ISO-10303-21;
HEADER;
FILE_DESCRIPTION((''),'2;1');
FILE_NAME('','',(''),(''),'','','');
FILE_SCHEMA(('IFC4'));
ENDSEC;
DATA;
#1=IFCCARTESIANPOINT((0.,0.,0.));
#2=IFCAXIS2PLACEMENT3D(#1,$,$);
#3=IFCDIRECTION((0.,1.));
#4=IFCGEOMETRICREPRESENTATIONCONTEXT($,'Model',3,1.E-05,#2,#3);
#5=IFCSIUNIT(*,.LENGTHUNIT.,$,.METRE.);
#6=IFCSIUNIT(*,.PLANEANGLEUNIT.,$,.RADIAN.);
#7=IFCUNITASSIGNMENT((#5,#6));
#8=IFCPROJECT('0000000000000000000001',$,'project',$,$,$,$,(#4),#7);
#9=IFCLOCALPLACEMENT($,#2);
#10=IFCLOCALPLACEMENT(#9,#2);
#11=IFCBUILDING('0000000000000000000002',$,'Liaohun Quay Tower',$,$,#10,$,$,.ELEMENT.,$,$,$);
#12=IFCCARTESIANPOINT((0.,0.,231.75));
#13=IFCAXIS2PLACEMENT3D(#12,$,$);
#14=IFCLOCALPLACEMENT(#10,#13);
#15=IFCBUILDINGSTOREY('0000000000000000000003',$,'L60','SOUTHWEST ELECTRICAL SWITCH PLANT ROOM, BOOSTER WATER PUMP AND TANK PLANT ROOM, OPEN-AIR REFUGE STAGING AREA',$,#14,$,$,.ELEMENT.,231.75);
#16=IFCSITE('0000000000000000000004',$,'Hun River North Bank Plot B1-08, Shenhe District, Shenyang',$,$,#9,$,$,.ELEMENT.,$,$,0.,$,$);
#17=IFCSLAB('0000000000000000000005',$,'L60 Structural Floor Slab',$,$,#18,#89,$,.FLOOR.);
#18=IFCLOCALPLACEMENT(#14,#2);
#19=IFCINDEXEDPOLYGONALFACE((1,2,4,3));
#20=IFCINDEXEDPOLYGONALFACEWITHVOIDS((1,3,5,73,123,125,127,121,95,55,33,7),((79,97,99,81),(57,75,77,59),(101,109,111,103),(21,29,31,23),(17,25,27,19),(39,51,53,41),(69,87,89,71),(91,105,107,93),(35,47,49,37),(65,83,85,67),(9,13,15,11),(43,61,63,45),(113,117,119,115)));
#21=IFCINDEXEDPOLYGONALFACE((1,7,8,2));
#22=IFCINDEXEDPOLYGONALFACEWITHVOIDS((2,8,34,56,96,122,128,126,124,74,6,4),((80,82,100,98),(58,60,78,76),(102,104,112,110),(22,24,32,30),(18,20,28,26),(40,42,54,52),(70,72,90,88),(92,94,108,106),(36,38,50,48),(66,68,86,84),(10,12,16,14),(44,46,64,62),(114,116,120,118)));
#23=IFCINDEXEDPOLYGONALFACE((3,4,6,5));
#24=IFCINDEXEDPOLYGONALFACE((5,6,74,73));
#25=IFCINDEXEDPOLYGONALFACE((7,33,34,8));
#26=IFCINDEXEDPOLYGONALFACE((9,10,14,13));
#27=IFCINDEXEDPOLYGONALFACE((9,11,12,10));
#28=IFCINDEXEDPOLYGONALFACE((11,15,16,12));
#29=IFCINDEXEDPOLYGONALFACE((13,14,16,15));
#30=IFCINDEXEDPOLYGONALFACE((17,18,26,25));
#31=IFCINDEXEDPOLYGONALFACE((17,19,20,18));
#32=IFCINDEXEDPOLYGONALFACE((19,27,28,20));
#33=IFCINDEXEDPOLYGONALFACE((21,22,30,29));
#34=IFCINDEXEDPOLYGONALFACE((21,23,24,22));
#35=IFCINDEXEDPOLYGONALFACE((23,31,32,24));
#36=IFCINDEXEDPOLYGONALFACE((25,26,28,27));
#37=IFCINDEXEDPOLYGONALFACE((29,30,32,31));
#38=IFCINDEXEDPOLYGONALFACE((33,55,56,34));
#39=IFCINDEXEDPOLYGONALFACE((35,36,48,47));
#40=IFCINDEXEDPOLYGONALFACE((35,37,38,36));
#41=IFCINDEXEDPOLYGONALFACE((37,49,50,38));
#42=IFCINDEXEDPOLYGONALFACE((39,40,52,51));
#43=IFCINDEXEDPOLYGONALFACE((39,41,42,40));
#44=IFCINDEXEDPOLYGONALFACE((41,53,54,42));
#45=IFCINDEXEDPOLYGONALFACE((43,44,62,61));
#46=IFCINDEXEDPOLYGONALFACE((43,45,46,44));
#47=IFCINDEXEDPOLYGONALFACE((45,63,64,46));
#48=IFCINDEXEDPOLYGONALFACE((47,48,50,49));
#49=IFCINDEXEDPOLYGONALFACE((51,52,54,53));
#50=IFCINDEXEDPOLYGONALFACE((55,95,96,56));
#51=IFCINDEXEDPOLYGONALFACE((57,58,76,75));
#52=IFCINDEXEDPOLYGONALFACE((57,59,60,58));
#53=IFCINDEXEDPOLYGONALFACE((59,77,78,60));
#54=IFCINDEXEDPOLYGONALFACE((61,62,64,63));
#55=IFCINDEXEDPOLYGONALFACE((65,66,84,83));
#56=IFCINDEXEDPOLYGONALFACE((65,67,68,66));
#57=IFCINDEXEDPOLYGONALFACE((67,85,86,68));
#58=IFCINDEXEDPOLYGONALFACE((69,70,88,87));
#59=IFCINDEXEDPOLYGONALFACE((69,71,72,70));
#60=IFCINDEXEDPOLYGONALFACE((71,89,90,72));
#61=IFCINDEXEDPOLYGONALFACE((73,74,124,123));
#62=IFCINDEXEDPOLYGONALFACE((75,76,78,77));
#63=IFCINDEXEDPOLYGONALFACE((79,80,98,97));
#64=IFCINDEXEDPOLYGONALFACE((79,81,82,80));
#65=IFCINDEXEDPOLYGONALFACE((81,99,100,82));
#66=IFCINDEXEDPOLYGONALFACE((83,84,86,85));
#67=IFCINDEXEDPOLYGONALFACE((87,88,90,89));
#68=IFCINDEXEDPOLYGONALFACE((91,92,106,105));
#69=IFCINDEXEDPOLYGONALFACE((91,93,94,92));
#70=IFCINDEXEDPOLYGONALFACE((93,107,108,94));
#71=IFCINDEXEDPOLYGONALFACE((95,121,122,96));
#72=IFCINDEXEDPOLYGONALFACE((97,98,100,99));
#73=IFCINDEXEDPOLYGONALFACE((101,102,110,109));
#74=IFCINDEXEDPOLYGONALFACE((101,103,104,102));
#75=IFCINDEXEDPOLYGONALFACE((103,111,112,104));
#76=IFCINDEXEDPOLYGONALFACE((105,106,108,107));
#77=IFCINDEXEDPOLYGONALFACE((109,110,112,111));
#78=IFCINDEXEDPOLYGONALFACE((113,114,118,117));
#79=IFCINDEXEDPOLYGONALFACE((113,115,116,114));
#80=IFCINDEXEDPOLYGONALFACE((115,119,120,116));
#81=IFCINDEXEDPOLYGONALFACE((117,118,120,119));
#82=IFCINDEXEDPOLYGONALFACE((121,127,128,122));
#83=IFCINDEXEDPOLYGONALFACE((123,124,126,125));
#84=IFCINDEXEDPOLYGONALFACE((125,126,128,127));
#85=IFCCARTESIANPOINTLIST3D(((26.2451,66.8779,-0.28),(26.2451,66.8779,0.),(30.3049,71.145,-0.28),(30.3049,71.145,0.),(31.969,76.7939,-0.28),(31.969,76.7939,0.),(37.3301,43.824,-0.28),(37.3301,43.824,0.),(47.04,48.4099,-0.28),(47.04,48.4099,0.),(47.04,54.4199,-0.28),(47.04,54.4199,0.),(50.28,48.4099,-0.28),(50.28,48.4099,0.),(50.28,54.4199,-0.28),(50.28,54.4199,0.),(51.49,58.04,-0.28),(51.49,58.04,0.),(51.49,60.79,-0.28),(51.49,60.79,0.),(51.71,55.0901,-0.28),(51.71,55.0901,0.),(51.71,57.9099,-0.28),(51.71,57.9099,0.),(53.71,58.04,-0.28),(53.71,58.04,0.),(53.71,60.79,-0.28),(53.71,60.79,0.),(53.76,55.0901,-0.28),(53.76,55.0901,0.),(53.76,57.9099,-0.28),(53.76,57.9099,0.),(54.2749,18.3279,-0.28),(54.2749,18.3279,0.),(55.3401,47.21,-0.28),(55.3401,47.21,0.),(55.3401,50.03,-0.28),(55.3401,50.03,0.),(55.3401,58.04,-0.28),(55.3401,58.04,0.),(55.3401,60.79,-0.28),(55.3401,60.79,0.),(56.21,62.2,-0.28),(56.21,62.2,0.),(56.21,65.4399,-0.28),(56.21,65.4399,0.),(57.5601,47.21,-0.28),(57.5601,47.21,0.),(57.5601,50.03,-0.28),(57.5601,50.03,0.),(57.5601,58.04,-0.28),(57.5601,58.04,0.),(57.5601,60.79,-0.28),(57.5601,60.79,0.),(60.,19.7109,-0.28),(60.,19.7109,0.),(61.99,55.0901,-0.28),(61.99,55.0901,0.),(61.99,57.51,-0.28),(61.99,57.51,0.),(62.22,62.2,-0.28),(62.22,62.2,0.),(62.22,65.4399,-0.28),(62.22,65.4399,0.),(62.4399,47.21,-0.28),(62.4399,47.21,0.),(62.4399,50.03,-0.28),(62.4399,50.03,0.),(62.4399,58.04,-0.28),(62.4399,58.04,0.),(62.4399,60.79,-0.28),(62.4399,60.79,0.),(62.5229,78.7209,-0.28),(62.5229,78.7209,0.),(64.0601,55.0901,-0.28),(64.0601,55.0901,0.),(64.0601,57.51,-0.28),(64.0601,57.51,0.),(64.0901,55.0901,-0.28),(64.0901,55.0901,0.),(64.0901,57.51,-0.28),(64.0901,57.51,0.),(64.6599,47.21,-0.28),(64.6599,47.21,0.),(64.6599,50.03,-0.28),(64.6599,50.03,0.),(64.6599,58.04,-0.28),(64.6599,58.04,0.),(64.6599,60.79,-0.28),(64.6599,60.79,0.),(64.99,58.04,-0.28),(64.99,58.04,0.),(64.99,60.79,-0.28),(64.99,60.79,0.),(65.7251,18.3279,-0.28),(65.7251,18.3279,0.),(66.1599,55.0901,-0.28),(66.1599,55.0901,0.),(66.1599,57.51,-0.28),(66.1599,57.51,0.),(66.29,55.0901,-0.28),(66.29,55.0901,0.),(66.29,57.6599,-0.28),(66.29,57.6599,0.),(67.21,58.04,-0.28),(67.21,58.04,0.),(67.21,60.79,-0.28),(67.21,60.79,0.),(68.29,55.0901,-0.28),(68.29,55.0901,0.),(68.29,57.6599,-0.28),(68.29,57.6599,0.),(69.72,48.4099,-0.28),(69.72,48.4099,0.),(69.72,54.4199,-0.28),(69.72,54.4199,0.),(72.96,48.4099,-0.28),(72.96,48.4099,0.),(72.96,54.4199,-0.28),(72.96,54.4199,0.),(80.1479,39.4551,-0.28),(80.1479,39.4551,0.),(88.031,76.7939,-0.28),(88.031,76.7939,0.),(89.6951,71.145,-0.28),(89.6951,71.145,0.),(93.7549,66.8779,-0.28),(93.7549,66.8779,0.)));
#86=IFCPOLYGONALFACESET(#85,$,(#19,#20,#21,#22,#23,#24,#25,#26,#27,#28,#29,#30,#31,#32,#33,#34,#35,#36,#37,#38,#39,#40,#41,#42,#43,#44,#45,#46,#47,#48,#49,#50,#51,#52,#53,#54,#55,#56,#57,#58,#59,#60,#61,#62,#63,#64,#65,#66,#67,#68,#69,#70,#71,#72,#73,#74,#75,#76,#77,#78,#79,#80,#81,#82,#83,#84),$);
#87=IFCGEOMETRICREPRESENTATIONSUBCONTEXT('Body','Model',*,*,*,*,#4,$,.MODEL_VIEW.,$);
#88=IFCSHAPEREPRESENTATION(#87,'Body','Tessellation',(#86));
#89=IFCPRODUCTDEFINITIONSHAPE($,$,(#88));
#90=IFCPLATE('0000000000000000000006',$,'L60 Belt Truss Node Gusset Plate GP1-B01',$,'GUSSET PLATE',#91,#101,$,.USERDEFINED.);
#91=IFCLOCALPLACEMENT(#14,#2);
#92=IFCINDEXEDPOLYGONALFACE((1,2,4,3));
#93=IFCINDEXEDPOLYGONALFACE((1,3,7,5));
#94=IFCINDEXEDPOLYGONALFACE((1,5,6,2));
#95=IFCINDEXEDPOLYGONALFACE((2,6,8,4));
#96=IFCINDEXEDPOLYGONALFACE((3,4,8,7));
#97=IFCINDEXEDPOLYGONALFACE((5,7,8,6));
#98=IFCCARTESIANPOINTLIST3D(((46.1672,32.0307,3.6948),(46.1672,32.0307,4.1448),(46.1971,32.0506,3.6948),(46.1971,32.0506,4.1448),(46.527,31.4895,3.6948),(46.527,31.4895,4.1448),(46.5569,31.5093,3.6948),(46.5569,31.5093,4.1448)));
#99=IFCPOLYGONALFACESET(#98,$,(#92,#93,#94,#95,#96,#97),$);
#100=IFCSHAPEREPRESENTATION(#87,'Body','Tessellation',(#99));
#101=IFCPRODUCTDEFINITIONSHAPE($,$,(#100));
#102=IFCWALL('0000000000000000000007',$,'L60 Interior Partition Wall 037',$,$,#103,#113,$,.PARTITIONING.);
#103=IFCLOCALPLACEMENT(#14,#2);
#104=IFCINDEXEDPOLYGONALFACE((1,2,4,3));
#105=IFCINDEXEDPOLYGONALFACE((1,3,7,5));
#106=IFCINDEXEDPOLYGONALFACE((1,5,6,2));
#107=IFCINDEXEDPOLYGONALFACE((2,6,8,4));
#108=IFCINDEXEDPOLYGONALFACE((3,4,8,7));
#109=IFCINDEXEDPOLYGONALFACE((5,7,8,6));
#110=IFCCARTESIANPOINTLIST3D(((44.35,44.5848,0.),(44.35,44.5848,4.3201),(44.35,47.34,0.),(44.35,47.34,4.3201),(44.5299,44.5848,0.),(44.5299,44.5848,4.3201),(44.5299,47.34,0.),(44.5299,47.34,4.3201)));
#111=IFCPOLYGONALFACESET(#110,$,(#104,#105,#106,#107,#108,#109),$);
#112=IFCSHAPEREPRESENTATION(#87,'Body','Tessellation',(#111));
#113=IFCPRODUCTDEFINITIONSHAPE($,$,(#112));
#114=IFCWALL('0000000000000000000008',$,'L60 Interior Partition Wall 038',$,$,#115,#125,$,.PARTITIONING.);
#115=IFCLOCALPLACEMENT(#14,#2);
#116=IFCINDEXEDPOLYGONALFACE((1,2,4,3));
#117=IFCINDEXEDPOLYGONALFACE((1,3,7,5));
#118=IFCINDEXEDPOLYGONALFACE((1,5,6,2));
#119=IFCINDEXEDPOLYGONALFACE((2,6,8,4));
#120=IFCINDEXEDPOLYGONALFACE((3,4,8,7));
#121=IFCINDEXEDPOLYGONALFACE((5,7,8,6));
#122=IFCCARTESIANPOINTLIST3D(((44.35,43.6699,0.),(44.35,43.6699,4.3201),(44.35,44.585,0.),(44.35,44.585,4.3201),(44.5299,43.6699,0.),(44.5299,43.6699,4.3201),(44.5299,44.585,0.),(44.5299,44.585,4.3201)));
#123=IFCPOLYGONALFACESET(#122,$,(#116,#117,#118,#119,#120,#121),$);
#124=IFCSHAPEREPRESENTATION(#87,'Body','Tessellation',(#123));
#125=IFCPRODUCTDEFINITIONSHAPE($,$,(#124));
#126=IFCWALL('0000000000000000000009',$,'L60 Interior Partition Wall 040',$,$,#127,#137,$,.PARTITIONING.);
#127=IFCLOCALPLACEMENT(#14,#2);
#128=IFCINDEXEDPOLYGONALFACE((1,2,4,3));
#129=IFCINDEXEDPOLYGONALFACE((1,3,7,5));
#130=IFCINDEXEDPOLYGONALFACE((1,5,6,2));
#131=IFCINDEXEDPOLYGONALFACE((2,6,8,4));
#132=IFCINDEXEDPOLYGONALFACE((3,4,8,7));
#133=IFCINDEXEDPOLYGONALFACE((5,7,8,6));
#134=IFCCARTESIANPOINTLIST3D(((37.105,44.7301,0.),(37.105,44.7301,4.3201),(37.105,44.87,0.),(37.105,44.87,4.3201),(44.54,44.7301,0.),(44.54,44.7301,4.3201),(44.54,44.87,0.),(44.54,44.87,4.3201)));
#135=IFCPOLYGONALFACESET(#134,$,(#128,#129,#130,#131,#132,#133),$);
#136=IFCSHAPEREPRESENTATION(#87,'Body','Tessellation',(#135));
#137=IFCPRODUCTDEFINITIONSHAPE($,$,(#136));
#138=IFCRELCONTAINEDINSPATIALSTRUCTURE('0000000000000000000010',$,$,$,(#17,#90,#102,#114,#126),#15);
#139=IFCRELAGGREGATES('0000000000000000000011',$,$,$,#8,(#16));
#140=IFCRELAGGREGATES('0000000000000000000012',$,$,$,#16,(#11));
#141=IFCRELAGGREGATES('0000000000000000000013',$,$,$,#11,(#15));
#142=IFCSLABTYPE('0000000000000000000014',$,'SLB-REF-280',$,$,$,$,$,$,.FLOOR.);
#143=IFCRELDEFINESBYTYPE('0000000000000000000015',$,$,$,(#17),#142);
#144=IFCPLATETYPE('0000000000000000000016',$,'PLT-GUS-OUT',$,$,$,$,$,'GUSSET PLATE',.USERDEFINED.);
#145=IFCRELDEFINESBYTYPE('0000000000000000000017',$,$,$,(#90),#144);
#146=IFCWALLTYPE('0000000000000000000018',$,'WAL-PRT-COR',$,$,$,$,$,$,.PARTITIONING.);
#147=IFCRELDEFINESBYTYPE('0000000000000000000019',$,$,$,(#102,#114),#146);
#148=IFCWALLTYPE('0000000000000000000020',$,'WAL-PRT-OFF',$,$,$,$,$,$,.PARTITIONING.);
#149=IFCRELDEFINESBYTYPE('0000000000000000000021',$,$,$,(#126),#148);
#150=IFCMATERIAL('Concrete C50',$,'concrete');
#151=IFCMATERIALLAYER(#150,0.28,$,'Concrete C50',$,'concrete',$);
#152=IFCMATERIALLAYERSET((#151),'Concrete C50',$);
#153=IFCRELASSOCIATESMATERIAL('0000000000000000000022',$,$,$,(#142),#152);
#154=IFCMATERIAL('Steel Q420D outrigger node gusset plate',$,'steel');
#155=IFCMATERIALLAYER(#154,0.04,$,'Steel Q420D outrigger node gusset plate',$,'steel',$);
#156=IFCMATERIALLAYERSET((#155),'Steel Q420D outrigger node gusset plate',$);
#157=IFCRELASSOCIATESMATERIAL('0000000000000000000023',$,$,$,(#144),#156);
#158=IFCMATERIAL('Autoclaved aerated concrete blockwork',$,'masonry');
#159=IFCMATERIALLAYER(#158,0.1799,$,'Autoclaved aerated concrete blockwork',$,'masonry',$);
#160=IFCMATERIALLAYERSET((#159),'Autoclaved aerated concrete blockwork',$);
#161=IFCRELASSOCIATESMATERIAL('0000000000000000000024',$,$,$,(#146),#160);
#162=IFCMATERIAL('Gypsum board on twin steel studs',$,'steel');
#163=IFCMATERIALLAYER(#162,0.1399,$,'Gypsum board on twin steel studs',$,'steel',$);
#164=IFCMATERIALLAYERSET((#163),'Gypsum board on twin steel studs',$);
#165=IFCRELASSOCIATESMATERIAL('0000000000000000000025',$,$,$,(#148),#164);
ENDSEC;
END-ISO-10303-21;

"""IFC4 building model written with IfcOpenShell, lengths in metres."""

from ifc_helpers import new_model, si_unit, direction, frame, frame_2d, origin, origin_2d, place, context, subcontext, project, spatial, polyline, rectangle, outline, extrude, source, transform, mapped, material, layer, layer_set, type_object, element, save


model = new_model("IFC4")

# Units and contexts
model_context = context("Model", 3, precision=1e-05, world=origin(), true_north=direction((0.0, 1.0)))
body_context = subcontext(model_context, "Body", "Model", "MODEL_VIEW")
ifc_project = project(units=[si_unit("LENGTHUNIT", "METRE"), si_unit("PLANEANGLEUNIT", "RADIAN")], contexts=[model_context])

# Site, building, storey
site_placement = place(None, origin())
site = spatial("IfcSite", under=ifc_project, at=site_placement, Name="Hun River North Bank Plot B1-08, Shenhe District, Shenyang", CompositionType="ELEMENT", RefElevation=0.0)
building_placement = place(site_placement, origin())
building = spatial("IfcBuilding", under=site, at=building_placement, Name="Liaohun Quay Tower", CompositionType="ELEMENT")
storey_placement = place(building_placement, frame((0.0, 0.0, 231.75)))
storey = spatial("IfcBuildingStorey", under=building, at=storey_placement, Name="L60", Description="SOUTHWEST ELECTRICAL SWITCH PLANT ROOM, BOOSTER WATER PUMP AND TANK PLANT ROOM, OPEN-AIR REFUGE STAGING AREA", CompositionType="ELEMENT", Elevation=231.75)

# Slab
ifc_material_1 = material(Name="Concrete C50", Category="concrete")
ifc_layer_1 = layer(ifc_material_1, 0.28, Name="Concrete C50", Category="concrete")
ifc_layer_set_1 = layer_set([ifc_layer_1], Name="Concrete C50")
slab_type_1 = type_object("IfcSlabType", Name="SLB-REF-280", PredefinedType="FLOOR", material=ifc_layer_set_1)
slab_1_placement = place(storey_placement, frame((0.0, 0.0, -0.28)))
element("IfcSlab", 1, at=slab_1_placement, inside=storey, type_object=slab_type_1, Name="L60 Structural Floor Slab", PredefinedType="FLOOR", context=body_context, shape_type="SweptSolid", body=[
    extrude(outline(polyline([(54.2749, 18.3279), (60.0, 19.7109), (65.7251, 18.3279), (80.1479, 39.4551), (93.7549, 66.8779), (89.6951, 71.145), (88.031, 76.7939), (62.5229, 78.7209), (31.969, 76.7939), (30.3049, 71.145), (26.2451, 66.8779), (37.3301, 43.824), (54.2749, 18.3279)]), holes=[polyline([(57.5601, 50.03), (55.3401, 50.03), (55.3401, 47.21), (57.5601, 47.21), (57.5601, 50.03)]), polyline([(50.28, 54.4199), (47.04, 54.4199), (47.04, 48.4099), (50.28, 48.4099), (50.28, 54.4199)]), polyline([(64.0601, 55.0901), (64.0601, 57.51), (61.99, 57.51), (61.99, 55.0901), (64.0601, 55.0901)]), polyline([(53.76, 57.9099), (51.71, 57.9099), (51.71, 55.0901), (53.76, 55.0901), (53.76, 57.9099)]), polyline([(53.71, 58.04), (53.71, 60.79), (51.49, 60.79), (51.49, 58.04), (53.71, 58.04)]), polyline([(57.5601, 58.04), (57.5601, 60.79), (55.3401, 60.79), (55.3401, 58.04), (57.5601, 58.04)]), polyline([(62.22, 65.4399), (56.21, 65.4399), (56.21, 62.2), (62.22, 62.2), (62.22, 65.4399)]), polyline([(64.6599, 47.21), (64.6599, 50.03), (62.4399, 50.03), (62.4399, 47.21), (64.6599, 47.21)]), polyline([(72.96, 54.4199), (69.72, 54.4199), (69.72, 48.4099), (72.96, 48.4099), (72.96, 54.4199)]), polyline([(66.1599, 55.0901), (66.1599, 57.51), (64.0901, 57.51), (64.0901, 55.0901), (66.1599, 55.0901)]), polyline([(68.29, 55.0901), (68.29, 57.6599), (66.29, 57.6599), (66.29, 55.0901), (68.29, 55.0901)]), polyline([(64.6599, 58.04), (64.6599, 60.79), (62.4399, 60.79), (62.4399, 58.04), (64.6599, 58.04)]), polyline([(67.21, 58.04), (67.21, 60.79), (64.99, 60.79), (64.99, 58.04), (67.21, 58.04)])]), origin(), (0.0, 0.0, 1.0), 0.28),
])

# Plate
ifc_material_2 = material(Name="Steel Q420D outrigger node gusset plate", Category="steel")
ifc_layer_2 = layer(ifc_material_2, 0.04, Name="Steel Q420D outrigger node gusset plate", Category="steel")
ifc_layer_set_2 = layer_set([ifc_layer_2], Name="Steel Q420D outrigger node gusset plate")
plate_type = type_object("IfcPlateType", Name="PLT-GUS-OUT", ElementType="GUSSET PLATE", PredefinedType="USERDEFINED", material=ifc_layer_set_2)
shared_shape_1 = source(origin(), body_context, "Body", "SweptSolid", [
    extrude(rectangle(XDim=0.6499, YDim=0.0359, at=origin_2d()), origin(), (0.0, 0.0, 1.0), 0.45),
])
plate_placement = place(storey_placement, frame((46.3621, 31.77, 3.6948), z_axis=(0.0, 0.0, 1.0), x_axis=(-0.553537, 0.832825, 0.0)))
element("IfcPlate", 2, at=plate_placement, inside=storey, type_object=plate_type, Name="L60 Belt Truss Node Gusset Plate GP1-B01", ObjectType="GUSSET PLATE", PredefinedType="USERDEFINED", context=body_context, shape_type="MappedRepresentation", body=[
    mapped(shared_shape_1, transform((0.0, 0.0, 0.0), x_axis=(1.0, 0.0, 0.0), y_axis=(0.0, 1.0, 0.0), z_axis=(0.0, 0.0, 1.0), scale=1.0)),
])

# Walls
ifc_material_3 = material(Name="Autoclaved aerated concrete blockwork", Category="masonry")
ifc_layer_3 = layer(ifc_material_3, 0.1799, Name="Autoclaved aerated concrete blockwork", Category="masonry")
ifc_layer_set_3 = layer_set([ifc_layer_3], Name="Autoclaved aerated concrete blockwork")
wall_type_1 = type_object("IfcWallType", Name="WAL-PRT-COR", PredefinedType="PARTITIONING", material=ifc_layer_set_3)
wall_1_placement = place(storey_placement, frame((44.4399, 44.585, 0.0), z_axis=(0.0, 0.0, 1.0), x_axis=(0.0, 1.0, 0.0)))
element("IfcWall", 3, at=wall_1_placement, inside=storey, type_object=wall_type_1, Name="L60 Interior Partition Wall 037", PredefinedType="PARTITIONING", context=body_context, shape_type="SweptSolid", body=[
    extrude(rectangle(XDim=2.7551, YDim=0.1799, at=frame_2d((1.3774, 0.0))), origin(), (0.0, 0.0, 1.0), 4.3201),
])
wall_2_placement = place(storey_placement, frame((44.4399, 43.6699, 0.0), z_axis=(0.0, 0.0, 1.0), x_axis=(0.0, 1.0, 0.0)))
element("IfcWall", 4, at=wall_2_placement, inside=storey, type_object=wall_type_1, Name="L60 Interior Partition Wall 038", PredefinedType="PARTITIONING", context=body_context, shape_type="SweptSolid", body=[
    extrude(rectangle(XDim=0.915, YDim=0.1799, at=frame_2d((0.4575, 0.0))), origin(), (0.0, 0.0, 1.0), 4.3201),
])
ifc_material_4 = material(Name="Gypsum board on twin steel studs", Category="steel")
ifc_layer_4 = layer(ifc_material_4, 0.1399, Name="Gypsum board on twin steel studs", Category="steel")
ifc_layer_set_4 = layer_set([ifc_layer_4], Name="Gypsum board on twin steel studs")
wall_type_2 = type_object("IfcWallType", Name="WAL-PRT-OFF", PredefinedType="PARTITIONING", material=ifc_layer_set_4)
wall_3_placement = place(storey_placement, frame((44.54, 44.8, 0.0), z_axis=(0.0, 0.0, 1.0), x_axis=(-1.0, 0.0, 0.0)))
element("IfcWall", 5, at=wall_3_placement, inside=storey, type_object=wall_type_2, Name="L60 Interior Partition Wall 040", PredefinedType="PARTITIONING", context=body_context, shape_type="SweptSolid", body=[
    extrude(rectangle(XDim=7.4351, YDim=0.1399, at=frame_2d((3.7175, 0.0))), origin(), (0.0, 0.0, 1.0), 4.3201),
])

save(model, "model.ifc")
